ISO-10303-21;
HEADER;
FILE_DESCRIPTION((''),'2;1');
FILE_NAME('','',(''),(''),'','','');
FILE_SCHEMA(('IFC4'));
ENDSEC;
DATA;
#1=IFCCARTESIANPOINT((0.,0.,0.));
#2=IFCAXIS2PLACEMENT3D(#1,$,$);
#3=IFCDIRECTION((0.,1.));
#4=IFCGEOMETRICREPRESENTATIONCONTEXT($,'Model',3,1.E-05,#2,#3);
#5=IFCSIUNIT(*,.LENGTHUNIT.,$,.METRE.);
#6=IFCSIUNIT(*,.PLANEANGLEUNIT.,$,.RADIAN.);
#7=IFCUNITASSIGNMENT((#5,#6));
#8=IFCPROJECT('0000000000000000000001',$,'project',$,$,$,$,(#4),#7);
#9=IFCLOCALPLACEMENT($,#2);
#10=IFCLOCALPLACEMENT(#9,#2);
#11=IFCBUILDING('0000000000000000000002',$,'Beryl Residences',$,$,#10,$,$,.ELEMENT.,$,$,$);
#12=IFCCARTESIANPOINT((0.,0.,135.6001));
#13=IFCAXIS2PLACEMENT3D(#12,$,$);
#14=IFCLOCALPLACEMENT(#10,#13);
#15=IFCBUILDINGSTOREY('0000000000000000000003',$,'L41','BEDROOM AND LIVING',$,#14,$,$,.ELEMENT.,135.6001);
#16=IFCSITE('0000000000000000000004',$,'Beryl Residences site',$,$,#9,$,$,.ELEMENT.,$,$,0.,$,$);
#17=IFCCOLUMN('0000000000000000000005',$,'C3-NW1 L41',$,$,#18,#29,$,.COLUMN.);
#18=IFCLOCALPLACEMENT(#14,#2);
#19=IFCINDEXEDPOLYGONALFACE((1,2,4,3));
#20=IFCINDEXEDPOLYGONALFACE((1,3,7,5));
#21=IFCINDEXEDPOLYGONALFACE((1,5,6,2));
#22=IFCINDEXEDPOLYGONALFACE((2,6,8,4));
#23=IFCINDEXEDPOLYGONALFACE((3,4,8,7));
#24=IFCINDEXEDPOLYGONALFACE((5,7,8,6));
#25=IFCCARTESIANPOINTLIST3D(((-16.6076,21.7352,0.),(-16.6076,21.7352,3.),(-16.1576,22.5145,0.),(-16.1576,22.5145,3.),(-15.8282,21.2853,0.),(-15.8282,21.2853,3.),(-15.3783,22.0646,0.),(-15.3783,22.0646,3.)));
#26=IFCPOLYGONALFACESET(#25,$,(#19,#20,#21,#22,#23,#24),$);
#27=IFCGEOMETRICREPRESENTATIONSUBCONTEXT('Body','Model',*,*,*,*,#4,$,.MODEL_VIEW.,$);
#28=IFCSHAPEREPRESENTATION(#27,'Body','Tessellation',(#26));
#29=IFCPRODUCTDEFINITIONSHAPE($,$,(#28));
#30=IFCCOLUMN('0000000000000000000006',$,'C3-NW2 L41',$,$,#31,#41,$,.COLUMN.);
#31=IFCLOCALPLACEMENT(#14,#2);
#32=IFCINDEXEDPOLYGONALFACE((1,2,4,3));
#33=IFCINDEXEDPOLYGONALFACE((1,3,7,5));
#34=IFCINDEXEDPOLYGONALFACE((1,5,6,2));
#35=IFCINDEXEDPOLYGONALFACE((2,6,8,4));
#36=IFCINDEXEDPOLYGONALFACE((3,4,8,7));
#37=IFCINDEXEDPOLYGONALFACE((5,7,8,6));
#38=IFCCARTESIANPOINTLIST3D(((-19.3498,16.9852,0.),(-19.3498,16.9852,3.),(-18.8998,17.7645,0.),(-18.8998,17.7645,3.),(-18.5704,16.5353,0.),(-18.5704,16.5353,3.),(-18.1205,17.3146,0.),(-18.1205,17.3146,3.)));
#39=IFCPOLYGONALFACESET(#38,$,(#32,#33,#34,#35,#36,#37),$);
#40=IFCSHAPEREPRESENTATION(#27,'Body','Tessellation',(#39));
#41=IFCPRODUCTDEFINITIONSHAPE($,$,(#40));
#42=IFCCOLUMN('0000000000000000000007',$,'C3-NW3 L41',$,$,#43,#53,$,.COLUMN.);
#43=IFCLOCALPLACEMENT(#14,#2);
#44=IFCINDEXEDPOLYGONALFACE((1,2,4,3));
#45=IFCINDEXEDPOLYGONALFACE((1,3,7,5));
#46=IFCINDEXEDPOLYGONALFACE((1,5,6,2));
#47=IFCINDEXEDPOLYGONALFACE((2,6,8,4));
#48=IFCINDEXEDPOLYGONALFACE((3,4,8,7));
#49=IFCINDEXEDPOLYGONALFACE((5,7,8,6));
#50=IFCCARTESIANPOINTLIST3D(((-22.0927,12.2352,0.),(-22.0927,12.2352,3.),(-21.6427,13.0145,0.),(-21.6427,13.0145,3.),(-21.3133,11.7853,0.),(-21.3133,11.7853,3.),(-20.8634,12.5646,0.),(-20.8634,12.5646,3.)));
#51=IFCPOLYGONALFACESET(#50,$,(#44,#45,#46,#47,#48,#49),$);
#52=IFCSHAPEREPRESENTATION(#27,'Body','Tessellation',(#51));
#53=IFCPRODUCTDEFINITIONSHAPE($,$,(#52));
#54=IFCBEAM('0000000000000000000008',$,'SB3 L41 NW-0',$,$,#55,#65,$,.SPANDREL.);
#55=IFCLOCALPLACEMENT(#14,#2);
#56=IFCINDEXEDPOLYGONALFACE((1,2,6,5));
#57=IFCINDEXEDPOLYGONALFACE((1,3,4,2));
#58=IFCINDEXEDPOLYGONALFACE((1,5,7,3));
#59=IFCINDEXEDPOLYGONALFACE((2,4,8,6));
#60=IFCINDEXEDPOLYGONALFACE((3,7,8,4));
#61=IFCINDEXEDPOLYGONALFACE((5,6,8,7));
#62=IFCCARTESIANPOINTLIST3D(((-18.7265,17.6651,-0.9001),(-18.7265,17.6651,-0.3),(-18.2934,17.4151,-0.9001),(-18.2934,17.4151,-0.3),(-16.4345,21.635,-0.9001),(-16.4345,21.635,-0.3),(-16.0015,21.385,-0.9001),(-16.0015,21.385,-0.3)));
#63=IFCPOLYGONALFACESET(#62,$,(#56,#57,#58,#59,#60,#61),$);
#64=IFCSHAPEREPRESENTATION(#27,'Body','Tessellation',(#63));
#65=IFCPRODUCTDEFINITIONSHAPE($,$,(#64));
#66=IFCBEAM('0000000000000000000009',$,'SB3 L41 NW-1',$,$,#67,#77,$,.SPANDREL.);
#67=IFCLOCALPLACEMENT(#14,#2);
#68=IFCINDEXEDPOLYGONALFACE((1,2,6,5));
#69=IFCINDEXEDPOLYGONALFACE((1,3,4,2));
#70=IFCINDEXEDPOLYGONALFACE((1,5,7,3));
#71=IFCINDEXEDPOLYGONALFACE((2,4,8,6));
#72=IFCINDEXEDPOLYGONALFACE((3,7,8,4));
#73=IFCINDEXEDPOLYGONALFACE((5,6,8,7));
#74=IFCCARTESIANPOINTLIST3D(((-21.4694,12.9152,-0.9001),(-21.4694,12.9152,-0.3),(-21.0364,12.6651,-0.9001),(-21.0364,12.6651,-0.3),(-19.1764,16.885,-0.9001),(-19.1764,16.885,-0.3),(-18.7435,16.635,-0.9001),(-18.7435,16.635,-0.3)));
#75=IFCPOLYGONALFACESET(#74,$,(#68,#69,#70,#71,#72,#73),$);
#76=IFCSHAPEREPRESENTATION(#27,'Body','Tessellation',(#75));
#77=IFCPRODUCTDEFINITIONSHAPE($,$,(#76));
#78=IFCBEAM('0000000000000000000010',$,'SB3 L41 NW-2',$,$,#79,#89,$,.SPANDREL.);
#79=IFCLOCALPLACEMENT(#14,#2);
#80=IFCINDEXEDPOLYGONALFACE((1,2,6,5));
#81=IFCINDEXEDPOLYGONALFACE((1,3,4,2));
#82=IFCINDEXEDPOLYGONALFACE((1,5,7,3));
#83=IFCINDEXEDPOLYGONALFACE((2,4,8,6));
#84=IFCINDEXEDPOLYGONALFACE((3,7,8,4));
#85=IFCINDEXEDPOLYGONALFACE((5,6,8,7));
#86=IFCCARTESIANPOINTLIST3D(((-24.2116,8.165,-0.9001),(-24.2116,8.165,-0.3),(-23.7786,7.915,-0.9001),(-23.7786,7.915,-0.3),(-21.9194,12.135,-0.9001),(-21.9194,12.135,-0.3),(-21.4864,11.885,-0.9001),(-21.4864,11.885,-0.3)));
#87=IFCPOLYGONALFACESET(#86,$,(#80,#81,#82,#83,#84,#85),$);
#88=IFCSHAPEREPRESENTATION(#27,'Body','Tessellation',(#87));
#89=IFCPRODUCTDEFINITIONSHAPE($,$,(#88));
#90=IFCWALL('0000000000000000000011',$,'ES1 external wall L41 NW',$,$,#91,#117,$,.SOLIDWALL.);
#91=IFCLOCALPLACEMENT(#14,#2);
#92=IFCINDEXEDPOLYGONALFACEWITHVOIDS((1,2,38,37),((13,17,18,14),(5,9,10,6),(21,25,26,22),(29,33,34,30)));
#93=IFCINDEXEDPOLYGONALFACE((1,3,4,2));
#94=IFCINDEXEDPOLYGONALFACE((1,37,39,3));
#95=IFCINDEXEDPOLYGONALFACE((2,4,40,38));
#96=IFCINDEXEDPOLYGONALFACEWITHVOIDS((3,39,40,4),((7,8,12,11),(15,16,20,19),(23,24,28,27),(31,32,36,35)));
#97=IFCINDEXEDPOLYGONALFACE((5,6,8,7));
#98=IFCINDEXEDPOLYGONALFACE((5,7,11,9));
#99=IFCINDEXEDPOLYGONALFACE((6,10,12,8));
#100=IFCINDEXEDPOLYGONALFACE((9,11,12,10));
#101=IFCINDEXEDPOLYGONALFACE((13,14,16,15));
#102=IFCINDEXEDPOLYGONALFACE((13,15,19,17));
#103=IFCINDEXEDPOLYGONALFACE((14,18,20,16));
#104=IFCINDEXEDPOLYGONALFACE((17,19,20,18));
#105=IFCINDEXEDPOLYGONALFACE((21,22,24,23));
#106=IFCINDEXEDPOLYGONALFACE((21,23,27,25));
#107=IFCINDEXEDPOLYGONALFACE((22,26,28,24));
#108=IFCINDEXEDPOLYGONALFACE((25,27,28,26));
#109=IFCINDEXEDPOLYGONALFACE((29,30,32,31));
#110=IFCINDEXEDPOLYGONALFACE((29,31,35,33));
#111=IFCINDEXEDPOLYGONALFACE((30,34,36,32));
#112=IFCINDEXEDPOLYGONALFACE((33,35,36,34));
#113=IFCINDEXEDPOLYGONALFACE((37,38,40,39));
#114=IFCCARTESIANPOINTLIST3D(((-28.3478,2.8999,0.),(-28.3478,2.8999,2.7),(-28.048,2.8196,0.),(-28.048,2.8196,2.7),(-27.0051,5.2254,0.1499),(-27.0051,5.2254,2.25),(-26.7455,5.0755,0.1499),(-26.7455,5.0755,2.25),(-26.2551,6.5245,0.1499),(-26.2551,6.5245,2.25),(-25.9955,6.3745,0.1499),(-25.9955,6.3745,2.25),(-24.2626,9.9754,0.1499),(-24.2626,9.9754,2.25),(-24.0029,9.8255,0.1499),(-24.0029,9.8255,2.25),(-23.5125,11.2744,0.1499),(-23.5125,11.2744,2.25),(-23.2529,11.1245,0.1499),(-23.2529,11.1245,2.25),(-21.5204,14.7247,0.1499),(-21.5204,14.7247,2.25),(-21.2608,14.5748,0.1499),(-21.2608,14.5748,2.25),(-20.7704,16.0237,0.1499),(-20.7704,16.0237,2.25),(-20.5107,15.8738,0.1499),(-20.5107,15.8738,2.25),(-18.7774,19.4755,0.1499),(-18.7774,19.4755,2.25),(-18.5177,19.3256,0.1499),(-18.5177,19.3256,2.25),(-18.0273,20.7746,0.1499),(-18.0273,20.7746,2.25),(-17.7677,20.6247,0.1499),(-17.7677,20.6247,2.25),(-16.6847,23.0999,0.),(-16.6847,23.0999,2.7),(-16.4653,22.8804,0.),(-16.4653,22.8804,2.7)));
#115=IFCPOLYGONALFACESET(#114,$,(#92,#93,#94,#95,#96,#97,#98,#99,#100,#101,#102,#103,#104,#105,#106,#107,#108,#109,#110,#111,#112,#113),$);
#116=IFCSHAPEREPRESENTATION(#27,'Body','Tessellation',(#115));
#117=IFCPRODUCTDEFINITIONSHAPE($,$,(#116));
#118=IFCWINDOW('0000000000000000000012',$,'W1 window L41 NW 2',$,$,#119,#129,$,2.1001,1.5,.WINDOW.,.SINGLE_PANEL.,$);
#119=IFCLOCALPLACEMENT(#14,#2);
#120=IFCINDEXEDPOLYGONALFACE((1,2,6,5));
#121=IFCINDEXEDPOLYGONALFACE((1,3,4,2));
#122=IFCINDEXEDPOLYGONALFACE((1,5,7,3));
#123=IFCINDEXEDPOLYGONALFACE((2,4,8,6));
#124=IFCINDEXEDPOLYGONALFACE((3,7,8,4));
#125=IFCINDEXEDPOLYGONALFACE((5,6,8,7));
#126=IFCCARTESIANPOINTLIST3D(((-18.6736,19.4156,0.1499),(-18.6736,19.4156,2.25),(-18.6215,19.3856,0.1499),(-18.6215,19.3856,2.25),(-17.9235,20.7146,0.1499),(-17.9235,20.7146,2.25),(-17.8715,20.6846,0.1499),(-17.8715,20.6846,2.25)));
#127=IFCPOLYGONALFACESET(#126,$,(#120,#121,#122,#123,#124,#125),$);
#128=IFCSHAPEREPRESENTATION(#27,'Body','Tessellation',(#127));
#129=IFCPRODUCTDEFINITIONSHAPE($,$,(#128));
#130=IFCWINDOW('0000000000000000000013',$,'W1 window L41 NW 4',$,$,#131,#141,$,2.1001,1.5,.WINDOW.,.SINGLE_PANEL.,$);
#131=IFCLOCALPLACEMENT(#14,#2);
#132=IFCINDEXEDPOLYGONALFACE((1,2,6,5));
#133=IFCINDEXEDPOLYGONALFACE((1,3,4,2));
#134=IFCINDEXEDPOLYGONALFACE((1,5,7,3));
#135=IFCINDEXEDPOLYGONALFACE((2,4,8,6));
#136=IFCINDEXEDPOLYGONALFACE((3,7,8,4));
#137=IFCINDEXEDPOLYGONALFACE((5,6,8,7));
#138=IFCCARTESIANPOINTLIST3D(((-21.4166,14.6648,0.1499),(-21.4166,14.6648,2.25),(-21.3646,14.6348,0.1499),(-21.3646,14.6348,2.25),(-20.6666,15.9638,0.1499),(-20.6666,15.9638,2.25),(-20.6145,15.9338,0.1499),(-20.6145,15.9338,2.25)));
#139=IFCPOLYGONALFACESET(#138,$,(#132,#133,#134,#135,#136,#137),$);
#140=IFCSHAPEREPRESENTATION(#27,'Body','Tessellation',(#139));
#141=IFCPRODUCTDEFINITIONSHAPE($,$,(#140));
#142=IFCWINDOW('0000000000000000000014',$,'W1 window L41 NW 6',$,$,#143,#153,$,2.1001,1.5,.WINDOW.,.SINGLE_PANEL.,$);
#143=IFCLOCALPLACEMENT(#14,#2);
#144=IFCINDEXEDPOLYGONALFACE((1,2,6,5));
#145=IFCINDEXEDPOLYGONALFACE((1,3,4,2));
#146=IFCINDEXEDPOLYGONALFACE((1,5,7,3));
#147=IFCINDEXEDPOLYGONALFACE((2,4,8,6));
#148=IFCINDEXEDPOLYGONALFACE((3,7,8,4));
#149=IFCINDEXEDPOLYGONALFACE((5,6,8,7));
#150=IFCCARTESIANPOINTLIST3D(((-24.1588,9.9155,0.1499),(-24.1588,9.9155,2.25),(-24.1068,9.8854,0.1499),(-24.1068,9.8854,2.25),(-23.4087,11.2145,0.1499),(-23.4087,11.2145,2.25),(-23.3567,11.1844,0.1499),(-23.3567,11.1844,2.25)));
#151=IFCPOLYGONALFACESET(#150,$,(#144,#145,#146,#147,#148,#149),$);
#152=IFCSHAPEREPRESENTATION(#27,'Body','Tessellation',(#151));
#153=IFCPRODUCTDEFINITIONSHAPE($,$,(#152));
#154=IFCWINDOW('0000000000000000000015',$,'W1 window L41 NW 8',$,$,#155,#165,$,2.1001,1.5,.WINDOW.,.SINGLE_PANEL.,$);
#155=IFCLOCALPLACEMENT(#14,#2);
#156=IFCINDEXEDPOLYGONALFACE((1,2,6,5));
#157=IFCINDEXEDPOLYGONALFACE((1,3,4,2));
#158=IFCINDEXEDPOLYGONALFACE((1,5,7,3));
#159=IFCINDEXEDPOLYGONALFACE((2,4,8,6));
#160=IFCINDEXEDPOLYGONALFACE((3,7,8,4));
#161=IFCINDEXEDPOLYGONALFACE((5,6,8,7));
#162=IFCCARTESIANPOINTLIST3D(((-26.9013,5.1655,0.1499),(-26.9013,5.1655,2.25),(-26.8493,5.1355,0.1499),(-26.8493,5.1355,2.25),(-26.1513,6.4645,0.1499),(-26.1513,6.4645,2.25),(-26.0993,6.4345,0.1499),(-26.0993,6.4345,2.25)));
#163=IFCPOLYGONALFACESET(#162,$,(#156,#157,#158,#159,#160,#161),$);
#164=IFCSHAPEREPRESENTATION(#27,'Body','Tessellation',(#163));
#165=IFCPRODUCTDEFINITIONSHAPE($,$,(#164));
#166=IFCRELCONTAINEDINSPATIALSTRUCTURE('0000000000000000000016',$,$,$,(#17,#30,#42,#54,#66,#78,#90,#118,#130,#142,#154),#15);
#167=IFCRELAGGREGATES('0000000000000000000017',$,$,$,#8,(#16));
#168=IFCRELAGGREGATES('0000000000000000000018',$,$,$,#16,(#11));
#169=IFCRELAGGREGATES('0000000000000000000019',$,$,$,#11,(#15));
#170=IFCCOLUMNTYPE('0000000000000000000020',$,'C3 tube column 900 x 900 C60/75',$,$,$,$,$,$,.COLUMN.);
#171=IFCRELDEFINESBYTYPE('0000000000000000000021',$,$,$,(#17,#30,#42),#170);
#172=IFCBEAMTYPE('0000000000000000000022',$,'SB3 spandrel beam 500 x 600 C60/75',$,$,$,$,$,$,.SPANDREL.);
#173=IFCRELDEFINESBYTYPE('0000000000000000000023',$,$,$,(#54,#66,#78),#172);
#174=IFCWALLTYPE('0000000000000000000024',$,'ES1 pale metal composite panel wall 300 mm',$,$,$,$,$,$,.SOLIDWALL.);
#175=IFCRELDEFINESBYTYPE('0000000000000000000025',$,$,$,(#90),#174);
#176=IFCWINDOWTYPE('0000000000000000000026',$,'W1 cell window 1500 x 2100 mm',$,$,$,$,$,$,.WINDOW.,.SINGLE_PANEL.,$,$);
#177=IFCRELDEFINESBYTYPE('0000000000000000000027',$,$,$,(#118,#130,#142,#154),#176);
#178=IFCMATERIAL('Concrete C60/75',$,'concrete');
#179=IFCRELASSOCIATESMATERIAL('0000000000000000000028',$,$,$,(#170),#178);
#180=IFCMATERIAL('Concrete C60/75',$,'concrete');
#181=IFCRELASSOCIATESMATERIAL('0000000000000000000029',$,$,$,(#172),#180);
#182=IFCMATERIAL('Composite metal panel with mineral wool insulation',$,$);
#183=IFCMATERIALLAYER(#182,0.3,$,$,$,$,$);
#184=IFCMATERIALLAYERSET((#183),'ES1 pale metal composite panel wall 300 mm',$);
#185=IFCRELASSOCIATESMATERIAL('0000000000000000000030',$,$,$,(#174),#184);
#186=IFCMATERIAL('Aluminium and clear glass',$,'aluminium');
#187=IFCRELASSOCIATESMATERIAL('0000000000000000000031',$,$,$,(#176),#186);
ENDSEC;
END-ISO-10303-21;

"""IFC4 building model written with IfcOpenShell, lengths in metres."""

from ifc_helpers import new_model, si_unit, direction, frame, frame_2d, origin, origin_2d, place, context, subcontext, project, spatial, polyline, rectangle, outline, extrude, material, layer, layer_set, material_profile, profile_set, type_object, element, fill, save


model = new_model("IFC4")

# Units and contexts
model_context = context("Model", 3, precision=1e-05, world=origin(), true_north=direction((0.0, 1.0)))
body_context = subcontext(model_context, "Body", "Model", "MODEL_VIEW")
ifc_project = project(units=[si_unit("LENGTHUNIT", "METRE"), si_unit("PLANEANGLEUNIT", "RADIAN")], contexts=[model_context])

# Site, building, storey
site_placement = place(None, origin())
site = spatial("IfcSite", under=ifc_project, at=site_placement, Name="Beryl Residences site", CompositionType="ELEMENT", RefElevation=0.0)
building_placement = place(site_placement, origin())
building = spatial("IfcBuilding", under=site, at=building_placement, Name="Beryl Residences", CompositionType="ELEMENT")
storey_placement = place(building_placement, frame((0.0, 0.0, 135.6001)))
storey = spatial("IfcBuildingStorey", under=building, at=storey_placement, Name="L41", Description="BEDROOM AND LIVING", CompositionType="ELEMENT", Elevation=135.6001)

# Columns
ifc_material_1 = material(Name="Concrete C60/75", Category="concrete")
ifc_material_profile_1 = material_profile(ifc_material_1, rectangle(XDim=0.8999, YDim=0.8999, at=origin_2d()))
ifc_profile_set_1 = profile_set([ifc_material_profile_1], Name="Concrete C60/75")
column_type = type_object("IfcColumnType", Name="C3 tube column 900 x 900 C60/75", PredefinedType="COLUMN", material=ifc_profile_set_1)
for number, where, z_axis, x_axis, name in (
    (1, (-15.9929, 21.8999, 0.0), (0.0, 0.0, 1.0), (-0.5, -0.866025, 0.0), "C3-NW1 L41"),
    (2, (-18.7351, 17.1499, 0.0), (0.0, 0.0, 1.0), (-0.5, -0.866025, 0.0), "C3-NW2 L41"),
    (3, (-21.478, 12.3999, 0.0), (0.0, 0.0, 1.0), (-0.5, -0.866025, 0.0), "C3-NW3 L41"),
):
    element("IfcColumn", number, at=place(storey_placement, frame(where, z_axis=z_axis, x_axis=x_axis)), inside=storey, type_object=column_type, Name=name, PredefinedType="COLUMN", context=body_context, shape_type="SweptSolid", body=[
        extrude(rectangle(XDim=0.8999, YDim=0.8999, at=origin_2d()), origin(), (0.0, 0.0, 1.0), 3.0),
    ])

# Beams
ifc_material_2 = material(Name="Concrete C60/75", Category="concrete")
ifc_material_profile_2 = material_profile(ifc_material_2, rectangle(XDim=0.5, YDim=0.6001, at=origin_2d()))
ifc_profile_set_2 = profile_set([ifc_material_profile_2], Name="Concrete C60/75")
beam_type = type_object("IfcBeamType", Name="SB3 spandrel beam 500 x 600 C60/75", PredefinedType="SPANDREL", material=ifc_profile_set_2)
beam_1_placement = place(storey_placement, frame((-16.218, 21.51, -0.6001), z_axis=(-0.499988, -0.866032, 0.0), x_axis=(0.866032, -0.499988, 0.0)))
element("IfcBeam", 4, at=beam_1_placement, inside=storey, type_object=beam_type, Name="SB3 L41 NW-0", PredefinedType="SPANDREL", context=body_context, shape_type="SweptSolid", body=[
    extrude(rectangle(XDim=0.5, YDim=0.6001, at=origin_2d()), origin(), (0.0, 0.0, 1.0), 4.584),
])
beam_2_placement = place(storey_placement, frame((-18.96, 16.76, -0.6001), z_axis=(-0.500148, -0.86594, 0.0), x_axis=(0.86594, -0.500148, 0.0)))
element("IfcBeam", 5, at=beam_2_placement, inside=storey, type_object=beam_type, Name="SB3 L41 NW-1", PredefinedType="SPANDREL", context=body_context, shape_type="SweptSolid", body=[
    extrude(rectangle(XDim=0.5, YDim=0.6001, at=origin_2d()), origin(), (0.0, 0.0, 1.0), 4.5845),
])
beam_3_placement = place(storey_placement, frame((-21.7029, 12.01, -0.6001), z_axis=(-0.500028, -0.866009, 0.0), x_axis=(0.866009, -0.500028, 0.0)))
element("IfcBeam", 6, at=beam_3_placement, inside=storey, type_object=beam_type, Name="SB3 L41 NW-2", PredefinedType="SPANDREL", context=body_context, shape_type="SweptSolid", body=[
    extrude(rectangle(XDim=0.5, YDim=0.6001, at=origin_2d()), origin(), (0.0, 0.0, 1.0), 4.5842),
])

# Wall, openings, windows
ifc_material_3 = material(Name="Composite metal panel with mineral wool insulation")
ifc_layer_1 = layer(ifc_material_3, 0.3)
ifc_layer_set_1 = layer_set([ifc_layer_1], Name="ES1 pale metal composite panel wall 300 mm")
wall_type_1 = type_object("IfcWallType", Name="ES1 pale metal composite panel wall 300 mm", PredefinedType="SOLIDWALL", material=ifc_layer_set_1)
wall_1_placement = place(storey_placement, frame((-16.5549, 23.0249, 0.0), z_axis=(0.0, 0.0, 1.0), x_axis=(-0.500021, -0.866014, 0.0)))
wall_1 = element("IfcWall", 7, at=wall_1_placement, inside=storey, type_object=wall_type_1, Name="ES1 external wall L41 NW", PredefinedType="SOLIDWALL", context=body_context, shape_type="SweptSolid", body=[
    extrude(outline(polyline([(0.0, -0.1499), (23.3252, -0.1499), (23.2449, 0.1499), (0.0803, 0.1499), (0.0, -0.1499)])), origin(), (0.0, 0.0, 1.0), 2.7),
])
opening_1_placement = place(wall_1_placement, frame((2.6851, 0.0, 0.1499)))
opening_1 = element("IfcOpeningElement", 8, at=opening_1_placement, cuts=wall_1, PredefinedType="OPENING", context=body_context, shape_type="SweptSolid", body=[
    extrude(rectangle(XDim=1.5, YDim=2.1001, at=frame_2d((0.75, 1.05))), frame((0.0, 0.1599, 0.0), z_axis=(0.0, -1.0, 0.0), x_axis=(1.0, 0.0, 0.0)), (0.0, 0.0, 1.0), 0.3201),
])
opening_2_placement = place(wall_1_placement, frame((8.1709, 0.0, 0.1499)))
opening_2 = element("IfcOpeningElement", 9, at=opening_2_placement, cuts=wall_1, PredefinedType="OPENING", context=body_context, shape_type="SweptSolid", body=[
    extrude(rectangle(XDim=1.5, YDim=2.1001, at=frame_2d((0.75, 1.05))), frame((0.0, 0.1599, 0.0), z_axis=(0.0, -1.0, 0.0), x_axis=(1.0, 0.0, 0.0)), (0.0, 0.0, 1.0), 0.3201),
])
opening_3_placement = place(wall_1_placement, frame((13.655, 0.0, 0.1499)))
opening_3 = element("IfcOpeningElement", 10, at=opening_3_placement, cuts=wall_1, PredefinedType="OPENING", context=body_context, shape_type="SweptSolid", body=[
    extrude(rectangle(XDim=1.5, YDim=2.1001, at=frame_2d((0.75, 1.05))), frame((0.0, 0.1599, 0.0), z_axis=(0.0, -1.0, 0.0), x_axis=(1.0, 0.0, 0.0)), (0.0, 0.0, 1.0), 0.3201),
])
opening_4_placement = place(wall_1_placement, frame((19.1399, 0.0, 0.1499)))
opening_4 = element("IfcOpeningElement", 11, at=opening_4_placement, cuts=wall_1, PredefinedType="OPENING", context=body_context, shape_type="SweptSolid", body=[
    extrude(rectangle(XDim=1.5, YDim=2.1001, at=frame_2d((0.75, 1.05))), frame((0.0, 0.1599, 0.0), z_axis=(0.0, -1.0, 0.0), x_axis=(1.0, 0.0, 0.0)), (0.0, 0.0, 1.0), 0.3201),
])
ifc_material_4 = material(Name="Aluminium and clear glass", Category="aluminium")
window_type = type_object("IfcWindowType", Name="W1 cell window 1500 x 2100 mm", PartitioningType="SINGLE_PANEL", PredefinedType="WINDOW", material=ifc_material_4)
window_1_placement = place(opening_1_placement, origin())
window_1 = element("IfcWindow", 12, at=window_1_placement, inside=storey, type_object=window_type, Name="W1 window L41 NW 2", OverallHeight=2.1001, OverallWidth=1.5, PartitioningType="SINGLE_PANEL", PredefinedType="WINDOW", context=body_context, shape_type="SweptSolid", body=[
    extrude(rectangle(XDim=1.5, YDim=2.1001, at=frame_2d((0.75, 1.05))), frame((0.0, 0.03, 0.0), z_axis=(0.0, -1.0, 0.0), x_axis=(1.0, 0.0, 0.0)), (0.0, 0.0, 1.0), 0.0601),
])
fill(opening_1, window_1)
window_2_placement = place(opening_2_placement, origin())
window_2 = element("IfcWindow", 13, at=window_2_placement, inside=storey, type_object=window_type, Name="W1 window L41 NW 4", OverallHeight=2.1001, OverallWidth=1.5, PartitioningType="SINGLE_PANEL", PredefinedType="WINDOW", context=body_context, shape_type="SweptSolid", body=[
    extrude(rectangle(XDim=1.5, YDim=2.1001, at=frame_2d((0.75, 1.05))), frame((0.0, 0.03, 0.0), z_axis=(0.0, -1.0, 0.0), x_axis=(1.0, 0.0, 0.0)), (0.0, 0.0, 1.0), 0.0601),
])
fill(opening_2, window_2)
window_3_placement = place(opening_3_placement, origin())
window_3 = element("IfcWindow", 14, at=window_3_placement, inside=storey, type_object=window_type, Name="W1 window L41 NW 6", OverallHeight=2.1001, OverallWidth=1.5, PartitioningType="SINGLE_PANEL", PredefinedType="WINDOW", context=body_context, shape_type="SweptSolid", body=[
    extrude(rectangle(XDim=1.5, YDim=2.1001, at=frame_2d((0.75, 1.05))), frame((0.0, 0.03, 0.0), z_axis=(0.0, -1.0, 0.0), x_axis=(1.0, 0.0, 0.0)), (0.0, 0.0, 1.0), 0.0601),
])
fill(opening_3, window_3)
window_4_placement = place(opening_4_placement, origin())
window_4 = element("IfcWindow", 15, at=window_4_placement, inside=storey, type_object=window_type, Name="W1 window L41 NW 8", OverallHeight=2.1001, OverallWidth=1.5, PartitioningType="SINGLE_PANEL", PredefinedType="WINDOW", context=body_context, shape_type="SweptSolid", body=[
    extrude(rectangle(XDim=1.5, YDim=2.1001, at=frame_2d((0.75, 1.05))), frame((0.0, 0.03, 0.0), z_axis=(0.0, -1.0, 0.0), x_axis=(1.0, 0.0, 0.0)), (0.0, 0.0, 1.0), 0.0601),
])
fill(opening_4, window_4)

save(model, "model.ifc")
